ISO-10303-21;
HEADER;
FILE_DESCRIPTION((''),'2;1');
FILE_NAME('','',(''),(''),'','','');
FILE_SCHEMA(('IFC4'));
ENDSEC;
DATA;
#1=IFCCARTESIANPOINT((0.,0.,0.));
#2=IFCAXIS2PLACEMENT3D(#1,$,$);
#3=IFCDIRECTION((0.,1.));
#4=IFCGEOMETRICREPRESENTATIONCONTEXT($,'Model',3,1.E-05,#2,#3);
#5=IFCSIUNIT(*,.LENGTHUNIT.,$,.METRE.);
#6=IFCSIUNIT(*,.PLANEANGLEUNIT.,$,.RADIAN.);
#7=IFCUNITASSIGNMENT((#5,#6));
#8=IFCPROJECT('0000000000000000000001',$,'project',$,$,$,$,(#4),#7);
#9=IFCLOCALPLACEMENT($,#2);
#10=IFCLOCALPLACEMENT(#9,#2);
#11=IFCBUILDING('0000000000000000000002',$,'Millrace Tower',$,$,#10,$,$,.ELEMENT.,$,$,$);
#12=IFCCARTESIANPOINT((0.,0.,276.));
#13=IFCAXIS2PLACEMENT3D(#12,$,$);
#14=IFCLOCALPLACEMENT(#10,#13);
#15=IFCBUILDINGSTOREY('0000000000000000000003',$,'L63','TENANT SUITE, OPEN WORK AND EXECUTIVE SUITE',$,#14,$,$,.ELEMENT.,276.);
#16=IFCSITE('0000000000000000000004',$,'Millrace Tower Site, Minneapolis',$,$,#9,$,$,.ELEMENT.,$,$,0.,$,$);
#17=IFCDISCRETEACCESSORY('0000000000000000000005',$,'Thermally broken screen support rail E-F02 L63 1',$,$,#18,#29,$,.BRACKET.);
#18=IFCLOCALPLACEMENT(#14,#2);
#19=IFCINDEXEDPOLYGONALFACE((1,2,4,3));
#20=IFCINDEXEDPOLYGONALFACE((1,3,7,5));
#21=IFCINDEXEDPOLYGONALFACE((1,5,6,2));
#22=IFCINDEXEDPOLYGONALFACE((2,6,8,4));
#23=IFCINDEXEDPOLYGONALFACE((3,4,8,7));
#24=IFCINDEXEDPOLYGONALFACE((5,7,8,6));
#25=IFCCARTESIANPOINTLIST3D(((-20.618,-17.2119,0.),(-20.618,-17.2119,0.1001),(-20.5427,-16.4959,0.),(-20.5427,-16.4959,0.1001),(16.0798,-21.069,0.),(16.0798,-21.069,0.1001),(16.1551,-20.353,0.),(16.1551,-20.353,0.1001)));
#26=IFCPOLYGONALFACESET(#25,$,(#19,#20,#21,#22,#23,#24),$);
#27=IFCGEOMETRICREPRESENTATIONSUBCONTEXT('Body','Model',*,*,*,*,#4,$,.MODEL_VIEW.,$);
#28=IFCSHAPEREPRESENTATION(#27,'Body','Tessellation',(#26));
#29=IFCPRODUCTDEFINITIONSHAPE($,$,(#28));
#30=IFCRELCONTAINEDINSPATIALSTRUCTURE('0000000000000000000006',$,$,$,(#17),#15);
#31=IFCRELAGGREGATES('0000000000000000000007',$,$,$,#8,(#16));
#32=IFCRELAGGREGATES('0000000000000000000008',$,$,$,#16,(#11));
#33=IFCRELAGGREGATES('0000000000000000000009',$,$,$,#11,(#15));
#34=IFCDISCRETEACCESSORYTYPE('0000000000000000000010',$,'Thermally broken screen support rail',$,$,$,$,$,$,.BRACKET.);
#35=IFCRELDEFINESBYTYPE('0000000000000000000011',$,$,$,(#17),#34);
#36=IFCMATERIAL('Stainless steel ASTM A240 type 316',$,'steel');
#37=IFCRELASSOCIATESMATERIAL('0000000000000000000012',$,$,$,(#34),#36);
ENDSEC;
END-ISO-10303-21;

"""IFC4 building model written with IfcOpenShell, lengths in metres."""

from ifc_helpers import new_model, si_unit, direction, frame, origin, origin_2d, place, context, subcontext, project, spatial, rectangle, extrude, material, type_object, element, save


model = new_model("IFC4")

# Units and contexts
model_context = context("Model", 3, precision=1e-05, world=origin(), true_north=direction((0.0, 1.0)))
body_context = subcontext(model_context, "Body", "Model", "MODEL_VIEW")
ifc_project = project(units=[si_unit("LENGTHUNIT", "METRE"), si_unit("PLANEANGLEUNIT", "RADIAN")], contexts=[model_context])

# Site, building, storey
site_placement = place(None, origin())
site = spatial("IfcSite", under=ifc_project, at=site_placement, Name="Millrace Tower Site, Minneapolis", CompositionType="ELEMENT", RefElevation=0.0)
building_placement = place(site_placement, origin())
building = spatial("IfcBuilding", under=site, at=building_placement, Name="Millrace Tower", CompositionType="ELEMENT")
storey_placement = place(building_placement, frame((0.0, 0.0, 276.0)))
storey = spatial("IfcBuildingStorey", under=building, at=storey_placement, Name="L63", Description="TENANT SUITE, OPEN WORK AND EXECUTIVE SUITE", CompositionType="ELEMENT", Elevation=276.0)

# Discrete accessory
ifc_material_1 = material(Name="Stainless steel ASTM A240 type 316", Category="steel")
discrete_accessory_type = type_object("IfcDiscreteAccessoryType", Name="Thermally broken screen support rail", PredefinedType="BRACKET", material=ifc_material_1)
discrete_accessory_placement = place(storey_placement, frame((-2.2314, -18.7825, 0.0), z_axis=(0.0, 0.0, 1.0), x_axis=(0.994522, -0.104528, 0.0)))
element("IfcDiscreteAccessory", 1, at=discrete_accessory_placement, inside=storey, type_object=discrete_accessory_type, Name="Thermally broken screen support rail E-F02 L63 1", PredefinedType="BRACKET", context=body_context, shape_type="SweptSolid", body=[
    extrude(rectangle(XDim=36.8999, YDim=0.72, at=origin_2d()), origin(), (0.0, 0.0, 1.0), 0.1001),
])

save(model, "model.ifc")
